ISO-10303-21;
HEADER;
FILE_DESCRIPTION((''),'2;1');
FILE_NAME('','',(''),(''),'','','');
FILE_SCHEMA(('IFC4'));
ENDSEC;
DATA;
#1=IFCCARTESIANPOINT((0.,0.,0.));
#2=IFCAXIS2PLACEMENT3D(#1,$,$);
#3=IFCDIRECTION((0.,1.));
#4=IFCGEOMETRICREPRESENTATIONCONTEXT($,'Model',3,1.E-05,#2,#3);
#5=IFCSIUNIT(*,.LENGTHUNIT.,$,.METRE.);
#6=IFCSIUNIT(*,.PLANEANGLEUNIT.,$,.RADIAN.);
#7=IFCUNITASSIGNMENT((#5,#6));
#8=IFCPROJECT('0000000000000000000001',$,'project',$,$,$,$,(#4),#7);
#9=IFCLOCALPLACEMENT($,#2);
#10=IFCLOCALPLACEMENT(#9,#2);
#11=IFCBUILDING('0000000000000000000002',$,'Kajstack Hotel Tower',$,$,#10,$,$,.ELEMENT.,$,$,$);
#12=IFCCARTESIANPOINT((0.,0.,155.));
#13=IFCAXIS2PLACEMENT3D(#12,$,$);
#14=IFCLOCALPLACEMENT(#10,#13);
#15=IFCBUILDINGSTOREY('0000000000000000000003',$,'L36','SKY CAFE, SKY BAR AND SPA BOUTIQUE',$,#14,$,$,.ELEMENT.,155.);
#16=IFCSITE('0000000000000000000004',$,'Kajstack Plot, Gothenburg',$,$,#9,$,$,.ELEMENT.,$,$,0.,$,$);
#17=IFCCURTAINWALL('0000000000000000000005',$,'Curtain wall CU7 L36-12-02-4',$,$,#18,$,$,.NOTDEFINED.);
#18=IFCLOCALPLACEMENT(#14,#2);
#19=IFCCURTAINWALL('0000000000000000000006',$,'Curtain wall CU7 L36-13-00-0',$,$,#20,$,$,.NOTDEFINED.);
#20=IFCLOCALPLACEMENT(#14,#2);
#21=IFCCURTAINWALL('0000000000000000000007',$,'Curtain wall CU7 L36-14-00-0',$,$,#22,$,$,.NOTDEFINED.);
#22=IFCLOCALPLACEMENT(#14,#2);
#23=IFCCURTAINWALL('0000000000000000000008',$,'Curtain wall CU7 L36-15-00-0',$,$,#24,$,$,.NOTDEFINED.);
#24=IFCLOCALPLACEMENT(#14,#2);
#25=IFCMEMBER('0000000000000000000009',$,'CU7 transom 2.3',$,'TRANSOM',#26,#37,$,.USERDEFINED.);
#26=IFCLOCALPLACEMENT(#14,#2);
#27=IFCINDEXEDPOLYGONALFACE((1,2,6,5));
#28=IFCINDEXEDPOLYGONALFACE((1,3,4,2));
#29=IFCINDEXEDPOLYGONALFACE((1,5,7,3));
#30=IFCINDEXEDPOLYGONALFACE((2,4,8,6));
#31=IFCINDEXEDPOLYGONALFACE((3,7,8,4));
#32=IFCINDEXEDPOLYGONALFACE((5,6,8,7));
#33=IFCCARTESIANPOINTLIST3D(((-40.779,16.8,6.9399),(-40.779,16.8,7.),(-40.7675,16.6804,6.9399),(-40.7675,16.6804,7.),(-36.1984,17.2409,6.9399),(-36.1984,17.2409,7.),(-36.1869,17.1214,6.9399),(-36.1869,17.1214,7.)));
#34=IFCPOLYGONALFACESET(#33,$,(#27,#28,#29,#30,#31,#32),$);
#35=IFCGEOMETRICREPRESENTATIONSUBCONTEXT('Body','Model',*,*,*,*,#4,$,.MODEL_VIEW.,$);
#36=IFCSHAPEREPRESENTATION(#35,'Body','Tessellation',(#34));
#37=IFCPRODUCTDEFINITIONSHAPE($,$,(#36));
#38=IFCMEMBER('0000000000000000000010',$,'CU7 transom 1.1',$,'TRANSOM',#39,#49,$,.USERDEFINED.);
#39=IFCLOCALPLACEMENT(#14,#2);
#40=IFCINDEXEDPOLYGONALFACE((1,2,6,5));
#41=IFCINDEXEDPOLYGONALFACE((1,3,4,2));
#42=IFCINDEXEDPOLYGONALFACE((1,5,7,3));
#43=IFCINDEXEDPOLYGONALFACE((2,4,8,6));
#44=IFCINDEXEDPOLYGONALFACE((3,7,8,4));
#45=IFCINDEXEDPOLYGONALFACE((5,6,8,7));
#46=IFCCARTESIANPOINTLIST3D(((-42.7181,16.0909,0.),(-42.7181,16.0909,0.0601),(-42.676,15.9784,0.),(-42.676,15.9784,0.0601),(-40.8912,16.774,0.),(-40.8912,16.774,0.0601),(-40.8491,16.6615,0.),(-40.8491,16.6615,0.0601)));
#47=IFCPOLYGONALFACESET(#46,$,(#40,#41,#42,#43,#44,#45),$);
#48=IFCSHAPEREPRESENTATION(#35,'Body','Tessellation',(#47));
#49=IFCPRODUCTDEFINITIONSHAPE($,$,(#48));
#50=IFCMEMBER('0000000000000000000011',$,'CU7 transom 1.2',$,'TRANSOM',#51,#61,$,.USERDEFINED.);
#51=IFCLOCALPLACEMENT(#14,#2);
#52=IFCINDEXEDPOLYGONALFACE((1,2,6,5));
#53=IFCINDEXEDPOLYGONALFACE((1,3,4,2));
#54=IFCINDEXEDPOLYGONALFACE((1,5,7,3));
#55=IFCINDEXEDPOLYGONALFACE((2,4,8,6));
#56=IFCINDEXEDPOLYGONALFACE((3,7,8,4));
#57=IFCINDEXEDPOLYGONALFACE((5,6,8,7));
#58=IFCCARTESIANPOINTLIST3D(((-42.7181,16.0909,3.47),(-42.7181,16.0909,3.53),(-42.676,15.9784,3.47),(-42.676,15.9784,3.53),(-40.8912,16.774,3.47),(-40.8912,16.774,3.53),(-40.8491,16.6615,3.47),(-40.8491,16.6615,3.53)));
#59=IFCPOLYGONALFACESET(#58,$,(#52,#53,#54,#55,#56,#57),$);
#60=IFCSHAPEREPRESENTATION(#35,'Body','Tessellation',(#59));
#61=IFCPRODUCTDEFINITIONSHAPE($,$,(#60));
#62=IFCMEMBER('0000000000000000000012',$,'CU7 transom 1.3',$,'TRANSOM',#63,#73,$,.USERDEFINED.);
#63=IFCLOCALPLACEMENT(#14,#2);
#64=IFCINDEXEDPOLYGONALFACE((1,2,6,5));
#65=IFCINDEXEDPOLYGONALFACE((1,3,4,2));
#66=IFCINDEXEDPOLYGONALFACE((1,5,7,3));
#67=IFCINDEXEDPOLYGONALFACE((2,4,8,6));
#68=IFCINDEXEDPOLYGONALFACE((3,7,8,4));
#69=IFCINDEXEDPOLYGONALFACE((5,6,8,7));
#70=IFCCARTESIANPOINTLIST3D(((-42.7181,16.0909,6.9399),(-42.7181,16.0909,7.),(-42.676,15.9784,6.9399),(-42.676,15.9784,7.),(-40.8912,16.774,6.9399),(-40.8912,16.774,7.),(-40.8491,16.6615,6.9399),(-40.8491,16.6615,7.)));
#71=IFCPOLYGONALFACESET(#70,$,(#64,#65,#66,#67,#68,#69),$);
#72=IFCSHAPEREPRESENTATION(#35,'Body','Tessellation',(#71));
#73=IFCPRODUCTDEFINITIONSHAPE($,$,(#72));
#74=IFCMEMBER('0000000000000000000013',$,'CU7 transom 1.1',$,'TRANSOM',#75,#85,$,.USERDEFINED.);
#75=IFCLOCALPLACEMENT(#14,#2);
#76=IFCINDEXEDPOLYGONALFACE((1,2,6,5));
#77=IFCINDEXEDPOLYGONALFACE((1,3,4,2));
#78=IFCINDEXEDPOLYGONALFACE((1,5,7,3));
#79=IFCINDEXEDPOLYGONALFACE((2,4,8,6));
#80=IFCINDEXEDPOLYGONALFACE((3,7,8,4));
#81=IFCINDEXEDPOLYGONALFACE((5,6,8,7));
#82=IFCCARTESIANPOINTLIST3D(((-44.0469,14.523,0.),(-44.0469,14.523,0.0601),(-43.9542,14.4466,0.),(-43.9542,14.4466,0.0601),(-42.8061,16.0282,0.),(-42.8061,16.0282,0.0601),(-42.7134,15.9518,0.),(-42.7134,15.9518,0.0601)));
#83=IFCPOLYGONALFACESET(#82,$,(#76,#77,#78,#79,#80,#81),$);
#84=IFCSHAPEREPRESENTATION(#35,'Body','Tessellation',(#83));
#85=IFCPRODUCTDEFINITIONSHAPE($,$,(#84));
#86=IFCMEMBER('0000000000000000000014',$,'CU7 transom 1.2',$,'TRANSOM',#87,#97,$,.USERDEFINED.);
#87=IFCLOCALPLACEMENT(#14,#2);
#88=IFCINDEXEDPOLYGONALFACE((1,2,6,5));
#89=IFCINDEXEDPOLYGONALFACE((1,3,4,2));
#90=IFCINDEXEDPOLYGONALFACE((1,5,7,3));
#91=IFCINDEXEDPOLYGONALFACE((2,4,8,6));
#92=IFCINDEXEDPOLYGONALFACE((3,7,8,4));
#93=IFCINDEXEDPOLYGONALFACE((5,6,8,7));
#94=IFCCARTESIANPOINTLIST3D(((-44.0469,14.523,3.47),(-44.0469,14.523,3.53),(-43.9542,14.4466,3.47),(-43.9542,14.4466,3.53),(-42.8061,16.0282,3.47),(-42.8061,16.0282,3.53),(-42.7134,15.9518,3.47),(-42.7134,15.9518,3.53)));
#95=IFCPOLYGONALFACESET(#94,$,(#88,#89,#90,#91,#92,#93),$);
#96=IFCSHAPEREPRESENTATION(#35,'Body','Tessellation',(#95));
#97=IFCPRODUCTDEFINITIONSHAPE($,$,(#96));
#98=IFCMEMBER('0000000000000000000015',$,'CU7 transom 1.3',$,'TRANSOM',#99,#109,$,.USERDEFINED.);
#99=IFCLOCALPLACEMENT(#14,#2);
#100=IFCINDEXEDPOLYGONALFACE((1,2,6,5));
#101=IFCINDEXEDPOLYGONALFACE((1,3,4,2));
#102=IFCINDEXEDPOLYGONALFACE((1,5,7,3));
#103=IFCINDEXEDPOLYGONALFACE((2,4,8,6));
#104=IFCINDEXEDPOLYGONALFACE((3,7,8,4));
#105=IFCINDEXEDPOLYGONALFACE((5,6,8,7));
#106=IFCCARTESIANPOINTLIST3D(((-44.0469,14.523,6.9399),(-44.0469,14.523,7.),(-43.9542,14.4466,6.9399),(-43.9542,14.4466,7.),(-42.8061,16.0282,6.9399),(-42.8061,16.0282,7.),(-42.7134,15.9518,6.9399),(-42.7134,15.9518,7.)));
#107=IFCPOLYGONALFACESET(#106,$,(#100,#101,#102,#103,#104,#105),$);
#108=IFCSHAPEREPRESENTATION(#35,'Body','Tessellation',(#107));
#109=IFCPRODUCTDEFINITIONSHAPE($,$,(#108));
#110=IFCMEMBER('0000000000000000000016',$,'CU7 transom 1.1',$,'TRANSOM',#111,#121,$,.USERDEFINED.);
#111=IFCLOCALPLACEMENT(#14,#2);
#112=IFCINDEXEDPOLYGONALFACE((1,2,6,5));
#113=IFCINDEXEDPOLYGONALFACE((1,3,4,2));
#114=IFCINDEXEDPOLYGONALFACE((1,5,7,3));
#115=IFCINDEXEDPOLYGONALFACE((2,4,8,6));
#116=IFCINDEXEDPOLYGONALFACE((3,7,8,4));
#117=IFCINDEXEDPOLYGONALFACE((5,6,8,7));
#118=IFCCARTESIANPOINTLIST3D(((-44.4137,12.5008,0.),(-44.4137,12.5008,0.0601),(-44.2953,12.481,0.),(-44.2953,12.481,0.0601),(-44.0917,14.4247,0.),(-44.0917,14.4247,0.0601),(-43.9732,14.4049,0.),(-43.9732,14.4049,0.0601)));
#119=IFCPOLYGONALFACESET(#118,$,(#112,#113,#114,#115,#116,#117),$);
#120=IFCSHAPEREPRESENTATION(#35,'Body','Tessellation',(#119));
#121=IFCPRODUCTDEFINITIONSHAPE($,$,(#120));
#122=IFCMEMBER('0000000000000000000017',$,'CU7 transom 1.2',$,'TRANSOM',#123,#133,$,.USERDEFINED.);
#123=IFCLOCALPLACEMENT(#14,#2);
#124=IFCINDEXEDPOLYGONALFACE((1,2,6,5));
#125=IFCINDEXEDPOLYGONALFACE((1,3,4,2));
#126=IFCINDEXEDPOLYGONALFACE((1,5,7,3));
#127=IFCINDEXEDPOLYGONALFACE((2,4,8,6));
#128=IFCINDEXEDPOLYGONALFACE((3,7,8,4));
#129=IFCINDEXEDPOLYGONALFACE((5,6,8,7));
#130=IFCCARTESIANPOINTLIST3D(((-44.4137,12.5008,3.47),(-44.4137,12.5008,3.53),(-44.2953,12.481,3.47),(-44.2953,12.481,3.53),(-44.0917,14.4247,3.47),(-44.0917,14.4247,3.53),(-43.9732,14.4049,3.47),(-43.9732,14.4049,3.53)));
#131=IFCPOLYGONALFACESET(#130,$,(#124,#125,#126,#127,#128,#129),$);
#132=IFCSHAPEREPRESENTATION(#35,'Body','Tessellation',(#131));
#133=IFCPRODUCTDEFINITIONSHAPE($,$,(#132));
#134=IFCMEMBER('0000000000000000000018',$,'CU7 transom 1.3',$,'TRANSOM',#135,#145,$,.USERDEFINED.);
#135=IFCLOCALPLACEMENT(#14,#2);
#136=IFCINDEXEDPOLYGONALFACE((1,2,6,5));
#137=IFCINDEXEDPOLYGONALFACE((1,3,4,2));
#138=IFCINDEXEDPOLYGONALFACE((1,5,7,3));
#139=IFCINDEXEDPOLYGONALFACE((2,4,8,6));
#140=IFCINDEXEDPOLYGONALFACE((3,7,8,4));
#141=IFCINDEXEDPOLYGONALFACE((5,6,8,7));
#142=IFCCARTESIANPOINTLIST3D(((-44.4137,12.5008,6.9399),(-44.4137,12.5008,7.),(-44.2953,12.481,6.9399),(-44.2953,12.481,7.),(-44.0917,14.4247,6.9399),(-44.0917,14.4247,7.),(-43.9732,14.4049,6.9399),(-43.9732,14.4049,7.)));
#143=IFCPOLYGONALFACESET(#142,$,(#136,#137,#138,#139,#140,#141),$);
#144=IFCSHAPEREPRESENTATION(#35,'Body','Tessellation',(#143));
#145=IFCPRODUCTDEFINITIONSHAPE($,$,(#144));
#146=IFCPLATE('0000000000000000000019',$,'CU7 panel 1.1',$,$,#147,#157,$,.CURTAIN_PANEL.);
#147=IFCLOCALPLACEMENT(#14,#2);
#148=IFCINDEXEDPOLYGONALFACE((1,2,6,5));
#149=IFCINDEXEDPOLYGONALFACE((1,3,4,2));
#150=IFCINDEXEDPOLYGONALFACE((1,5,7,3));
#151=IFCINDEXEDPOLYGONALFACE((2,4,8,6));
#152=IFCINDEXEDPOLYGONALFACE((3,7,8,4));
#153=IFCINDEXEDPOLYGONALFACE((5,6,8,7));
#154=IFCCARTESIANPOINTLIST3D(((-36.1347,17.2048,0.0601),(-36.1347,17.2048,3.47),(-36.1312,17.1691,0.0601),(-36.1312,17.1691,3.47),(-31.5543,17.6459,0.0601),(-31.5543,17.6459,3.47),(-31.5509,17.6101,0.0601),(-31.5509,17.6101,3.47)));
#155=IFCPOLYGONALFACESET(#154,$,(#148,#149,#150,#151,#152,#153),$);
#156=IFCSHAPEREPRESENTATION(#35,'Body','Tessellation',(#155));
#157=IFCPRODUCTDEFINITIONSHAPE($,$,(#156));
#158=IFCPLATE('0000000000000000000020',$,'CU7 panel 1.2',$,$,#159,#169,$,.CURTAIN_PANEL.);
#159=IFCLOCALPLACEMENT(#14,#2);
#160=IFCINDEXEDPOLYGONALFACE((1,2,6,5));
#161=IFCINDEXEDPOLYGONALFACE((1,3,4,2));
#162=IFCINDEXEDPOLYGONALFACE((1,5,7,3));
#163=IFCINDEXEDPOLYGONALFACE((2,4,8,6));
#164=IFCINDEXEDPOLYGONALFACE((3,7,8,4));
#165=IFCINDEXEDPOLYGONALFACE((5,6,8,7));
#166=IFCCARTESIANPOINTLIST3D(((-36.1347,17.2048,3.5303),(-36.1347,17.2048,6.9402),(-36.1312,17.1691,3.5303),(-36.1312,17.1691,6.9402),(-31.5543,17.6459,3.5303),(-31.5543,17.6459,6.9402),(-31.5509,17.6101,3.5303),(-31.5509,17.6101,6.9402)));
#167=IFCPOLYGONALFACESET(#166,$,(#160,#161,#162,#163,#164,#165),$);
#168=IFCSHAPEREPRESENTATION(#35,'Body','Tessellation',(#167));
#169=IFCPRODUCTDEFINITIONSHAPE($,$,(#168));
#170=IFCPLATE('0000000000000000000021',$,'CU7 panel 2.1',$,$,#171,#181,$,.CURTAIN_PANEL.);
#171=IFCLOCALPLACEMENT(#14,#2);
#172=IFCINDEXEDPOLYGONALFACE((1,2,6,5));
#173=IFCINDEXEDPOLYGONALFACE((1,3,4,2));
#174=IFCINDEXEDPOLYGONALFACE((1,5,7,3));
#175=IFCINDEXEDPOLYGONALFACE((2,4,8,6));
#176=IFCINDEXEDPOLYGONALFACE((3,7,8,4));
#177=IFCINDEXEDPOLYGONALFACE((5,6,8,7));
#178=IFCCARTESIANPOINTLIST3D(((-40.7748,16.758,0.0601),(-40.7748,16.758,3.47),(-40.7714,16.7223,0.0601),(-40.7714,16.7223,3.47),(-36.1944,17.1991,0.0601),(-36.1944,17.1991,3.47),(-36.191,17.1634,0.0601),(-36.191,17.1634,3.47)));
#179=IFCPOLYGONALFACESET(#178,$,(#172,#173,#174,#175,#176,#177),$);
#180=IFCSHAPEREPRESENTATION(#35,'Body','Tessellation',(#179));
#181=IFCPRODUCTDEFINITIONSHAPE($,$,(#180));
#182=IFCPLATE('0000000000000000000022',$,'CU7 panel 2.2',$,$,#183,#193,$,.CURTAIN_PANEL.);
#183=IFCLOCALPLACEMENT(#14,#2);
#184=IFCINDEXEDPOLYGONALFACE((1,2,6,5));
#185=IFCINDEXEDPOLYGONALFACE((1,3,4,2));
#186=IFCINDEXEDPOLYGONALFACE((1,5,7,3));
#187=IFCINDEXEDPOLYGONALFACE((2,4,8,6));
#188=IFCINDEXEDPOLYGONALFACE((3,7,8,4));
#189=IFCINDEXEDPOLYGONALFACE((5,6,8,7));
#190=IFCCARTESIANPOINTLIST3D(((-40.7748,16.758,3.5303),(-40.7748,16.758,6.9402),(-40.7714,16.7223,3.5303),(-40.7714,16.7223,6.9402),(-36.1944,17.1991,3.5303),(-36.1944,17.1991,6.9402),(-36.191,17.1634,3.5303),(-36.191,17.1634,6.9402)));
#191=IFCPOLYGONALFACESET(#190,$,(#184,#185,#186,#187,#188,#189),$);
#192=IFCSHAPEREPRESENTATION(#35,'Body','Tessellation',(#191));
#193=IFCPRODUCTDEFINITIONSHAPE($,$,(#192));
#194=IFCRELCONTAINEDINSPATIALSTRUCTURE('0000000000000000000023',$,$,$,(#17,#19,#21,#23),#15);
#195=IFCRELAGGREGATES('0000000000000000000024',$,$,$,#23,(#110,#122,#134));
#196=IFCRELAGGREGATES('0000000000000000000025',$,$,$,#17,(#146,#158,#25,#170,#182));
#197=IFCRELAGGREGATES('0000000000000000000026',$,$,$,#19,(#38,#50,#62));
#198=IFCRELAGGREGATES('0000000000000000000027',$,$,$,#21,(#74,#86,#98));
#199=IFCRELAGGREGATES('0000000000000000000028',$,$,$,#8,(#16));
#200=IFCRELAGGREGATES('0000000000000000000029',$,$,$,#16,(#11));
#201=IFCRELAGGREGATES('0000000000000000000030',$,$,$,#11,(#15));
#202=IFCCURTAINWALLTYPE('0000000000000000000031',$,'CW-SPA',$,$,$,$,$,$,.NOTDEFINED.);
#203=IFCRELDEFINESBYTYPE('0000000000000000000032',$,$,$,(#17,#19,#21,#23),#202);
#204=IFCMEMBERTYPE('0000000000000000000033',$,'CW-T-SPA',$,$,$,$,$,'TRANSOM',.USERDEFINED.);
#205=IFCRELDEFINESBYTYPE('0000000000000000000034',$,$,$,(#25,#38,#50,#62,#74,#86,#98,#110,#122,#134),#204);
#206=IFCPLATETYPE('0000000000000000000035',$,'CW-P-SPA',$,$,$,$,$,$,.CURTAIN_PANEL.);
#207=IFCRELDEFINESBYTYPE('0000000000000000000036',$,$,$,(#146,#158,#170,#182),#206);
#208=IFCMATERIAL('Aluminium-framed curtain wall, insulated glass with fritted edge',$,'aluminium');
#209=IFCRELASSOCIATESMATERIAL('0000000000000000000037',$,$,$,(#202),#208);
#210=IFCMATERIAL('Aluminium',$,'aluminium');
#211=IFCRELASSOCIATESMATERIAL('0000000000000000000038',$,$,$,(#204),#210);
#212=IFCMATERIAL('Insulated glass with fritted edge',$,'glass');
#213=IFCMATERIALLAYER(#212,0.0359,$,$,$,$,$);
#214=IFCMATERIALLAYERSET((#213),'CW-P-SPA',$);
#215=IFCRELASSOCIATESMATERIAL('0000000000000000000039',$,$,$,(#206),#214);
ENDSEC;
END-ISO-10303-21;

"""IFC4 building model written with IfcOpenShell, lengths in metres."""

from ifc_helpers import new_model, si_unit, direction, frame, origin, origin_2d, place, context, subcontext, project, spatial, rectangle, extrude, material, layer, layer_set, material_profile, profile_set, type_object, element, aggregate, save


model = new_model("IFC4")

# Units and contexts
model_context = context("Model", 3, precision=1e-05, world=origin(), true_north=direction((0.0, 1.0)))
body_context = subcontext(model_context, "Body", "Model", "MODEL_VIEW")
ifc_project = project(units=[si_unit("LENGTHUNIT", "METRE"), si_unit("PLANEANGLEUNIT", "RADIAN")], contexts=[model_context])

# Site, building, storey
site_placement = place(None, origin())
site = spatial("IfcSite", under=ifc_project, at=site_placement, Name="Kajstack Plot, Gothenburg", CompositionType="ELEMENT", RefElevation=0.0)
building_placement = place(site_placement, origin())
building = spatial("IfcBuilding", under=site, at=building_placement, Name="Kajstack Hotel Tower", CompositionType="ELEMENT")
storey_placement = place(building_placement, frame((0.0, 0.0, 155.0)))
storey = spatial("IfcBuildingStorey", under=building, at=storey_placement, Name="L36", Description="SKY CAFE, SKY BAR AND SPA BOUTIQUE", CompositionType="ELEMENT", Elevation=155.0)

# Curtain walls
ifc_material_1 = material(Name="Aluminium-framed curtain wall, insulated glass with fritted edge", Category="aluminium")
curtain_wall_type = type_object("IfcCurtainWallType", Name="CW-SPA", PredefinedType="NOTDEFINED", material=ifc_material_1)
curtain_wall_1_placement = place(storey_placement, origin())
curtain_wall_1 = element("IfcCurtainWall", 1, at=curtain_wall_1_placement, inside=storey, type_object=curtain_wall_type, Name="Curtain wall CU7 L36-12-02-4", PredefinedType="NOTDEFINED")
ifc_material_2 = material(Name="Aluminium", Category="aluminium")
curtain_wall_2_placement = place(storey_placement, origin())
curtain_wall_2 = element("IfcCurtainWall", 2, at=curtain_wall_2_placement, inside=storey, type_object=curtain_wall_type, Name="Curtain wall CU7 L36-13-00-0", PredefinedType="NOTDEFINED")
curtain_wall_3_placement = place(storey_placement, origin())
curtain_wall_3 = element("IfcCurtainWall", 3, at=curtain_wall_3_placement, inside=storey, type_object=curtain_wall_type, Name="Curtain wall CU7 L36-14-00-0", PredefinedType="NOTDEFINED")

# Curtain wall
curtain_wall_4_placement = place(storey_placement, origin())
curtain_wall_4 = element("IfcCurtainWall", 4, at=curtain_wall_4_placement, inside=storey, type_object=curtain_wall_type, Name="Curtain wall CU7 L36-15-00-0", PredefinedType="NOTDEFINED")

# Members
ifc_material_profile_1 = material_profile(ifc_material_2, rectangle(XDim=0.1201, YDim=0.0601, at=origin_2d()), Name="Aluminium transom 120 x 60")
ifc_profile_set_1 = profile_set([ifc_material_profile_1], Name="Aluminium")
member_type_1 = type_object("IfcMemberType", Name="CW-T-SPA", ElementType="TRANSOM", PredefinedType="USERDEFINED", material=ifc_profile_set_1)
member_1_placement = place(storey_placement, frame((-36.1926, 17.1812, 6.97), z_axis=(-0.995399, -0.095816, 0.0), x_axis=(0.095816, -0.995399, 0.0)))
member_1 = element("IfcMember", 5, at=member_1_placement, type_object=member_type_1, Name="CU7 transom 2.3", ObjectType="TRANSOM", PredefinedType="USERDEFINED", context=body_context, shape_type="SweptSolid", body=[
    extrude(rectangle(XDim=0.1201, YDim=0.0601, at=origin_2d()), origin(), (0.0, 0.0, 1.0), 4.6018),
])
member_2_placement = place(storey_placement, frame((-40.8701, 16.7178, 0.03), z_axis=(-0.936663, -0.350232, 0.0), x_axis=(0.350232, -0.936663, 0.0)))
member_2 = element("IfcMember", 6, at=member_2_placement, type_object=member_type_1, Name="CU7 transom 1.1", ObjectType="TRANSOM", PredefinedType="USERDEFINED", context=body_context, shape_type="SweptSolid", body=[
    extrude(rectangle(XDim=0.1201, YDim=0.0601, at=origin_2d()), origin(), (0.0, 0.0, 1.0), 1.9504),
])
member_3_placement = place(storey_placement, frame((-40.8701, 16.7178, 3.5), z_axis=(-0.936663, -0.350232, 0.0), x_axis=(0.350232, -0.936663, 0.0)))
member_3 = element("IfcMember", 7, at=member_3_placement, type_object=member_type_1, Name="CU7 transom 1.2", ObjectType="TRANSOM", PredefinedType="USERDEFINED", context=body_context, shape_type="SweptSolid", body=[
    extrude(rectangle(XDim=0.1201, YDim=0.0601, at=origin_2d()), origin(), (0.0, 0.0, 1.0), 1.9504),
])
member_4_placement = place(storey_placement, frame((-40.8701, 16.7178, 6.97), z_axis=(-0.936663, -0.350232, 0.0), x_axis=(0.350232, -0.936663, 0.0)))
member_4 = element("IfcMember", 8, at=member_4_placement, type_object=member_type_1, Name="CU7 transom 1.3", ObjectType="TRANSOM", PredefinedType="USERDEFINED", context=body_context, shape_type="SweptSolid", body=[
    extrude(rectangle(XDim=0.1201, YDim=0.0601, at=origin_2d()), origin(), (0.0, 0.0, 1.0), 1.9504),
])
member_5_placement = place(storey_placement, frame((-42.7598, 15.99, 0.03), z_axis=(-0.636076, -0.771627, 0.0), x_axis=(0.771627, -0.636076, 0.0)))
member_5 = element("IfcMember", 9, at=member_5_placement, type_object=member_type_1, Name="CU7 transom 1.1", ObjectType="TRANSOM", PredefinedType="USERDEFINED", context=body_context, shape_type="SweptSolid", body=[
    extrude(rectangle(XDim=0.1201, YDim=0.0601, at=origin_2d()), origin(), (0.0, 0.0, 1.0), 1.9507),
])
member_6_placement = place(storey_placement, frame((-42.7598, 15.99, 3.5), z_axis=(-0.636076, -0.771627, 0.0), x_axis=(0.771627, -0.636076, 0.0)))
member_6 = element("IfcMember", 10, at=member_6_placement, type_object=member_type_1, Name="CU7 transom 1.2", ObjectType="TRANSOM", PredefinedType="USERDEFINED", context=body_context, shape_type="SweptSolid", body=[
    extrude(rectangle(XDim=0.1201, YDim=0.0601, at=origin_2d()), origin(), (0.0, 0.0, 1.0), 1.9507),
])
member_7_placement = place(storey_placement, frame((-42.7598, 15.99, 6.97), z_axis=(-0.636076, -0.771627, 0.0), x_axis=(0.771627, -0.636076, 0.0)))
member_7 = element("IfcMember", 11, at=member_7_placement, type_object=member_type_1, Name="CU7 transom 1.3", ObjectType="TRANSOM", PredefinedType="USERDEFINED", context=body_context, shape_type="SweptSolid", body=[
    extrude(rectangle(XDim=0.1201, YDim=0.0601, at=origin_2d()), origin(), (0.0, 0.0, 1.0), 1.9507),
])
member_8_placement = place(storey_placement, frame((-44.0325, 14.4148, 0.03), z_axis=(-0.165089, -0.986279, 0.0), x_axis=(0.986279, -0.165089, 0.0)))
member_8 = element("IfcMember", 12, at=member_8_placement, type_object=member_type_1, Name="CU7 transom 1.1", ObjectType="TRANSOM", PredefinedType="USERDEFINED", context=body_context, shape_type="SweptSolid", body=[
    extrude(rectangle(XDim=0.1201, YDim=0.0601, at=origin_2d()), origin(), (0.0, 0.0, 1.0), 1.9507),
])
member_9_placement = place(storey_placement, frame((-44.0325, 14.4148, 3.5), z_axis=(-0.165089, -0.986279, 0.0), x_axis=(0.986279, -0.165089, 0.0)))
member_9 = element("IfcMember", 13, at=member_9_placement, type_object=member_type_1, Name="CU7 transom 1.2", ObjectType="TRANSOM", PredefinedType="USERDEFINED", context=body_context, shape_type="SweptSolid", body=[
    extrude(rectangle(XDim=0.1201, YDim=0.0601, at=origin_2d()), origin(), (0.0, 0.0, 1.0), 1.9507),
])
member_10_placement = place(storey_placement, frame((-44.0325, 14.4148, 6.97), z_axis=(-0.165089, -0.986279, 0.0), x_axis=(0.986279, -0.165089, 0.0)))
member_10 = element("IfcMember", 14, at=member_10_placement, type_object=member_type_1, Name="CU7 transom 1.3", ObjectType="TRANSOM", PredefinedType="USERDEFINED", context=body_context, shape_type="SweptSolid", body=[
    extrude(rectangle(XDim=0.1201, YDim=0.0601, at=origin_2d()), origin(), (0.0, 0.0, 1.0), 1.9507),
])
aggregate(curtain_wall_4, [member_8, member_9, member_10])

# Plates
ifc_material_3 = material(Name="Insulated glass with fritted edge", Category="glass")
ifc_layer = layer(ifc_material_3, 0.0359)
ifc_layer_set = layer_set([ifc_layer], Name="CW-P-SPA")
plate_type = type_object("IfcPlateType", Name="CW-P-SPA", PredefinedType="CURTAIN_PANEL", material=ifc_layer_set)
plate_1_placement = place(storey_placement, frame((-33.8428, 17.4075, 0.0601), z_axis=(0.0, 0.0, 1.0), x_axis=(-0.995396, -0.095845, 0.0)))
plate_1 = element("IfcPlate", 15, at=plate_1_placement, type_object=plate_type, Name="CU7 panel 1.1", PredefinedType="CURTAIN_PANEL", context=body_context, shape_type="SweptSolid", body=[
    extrude(rectangle(XDim=4.6016, YDim=0.0359, at=origin_2d()), origin(), (0.0, 0.0, 1.0), 3.4099),
])
plate_2_placement = place(storey_placement, frame((-33.8428, 17.4075, 3.5303), z_axis=(0.0, 0.0, 1.0), x_axis=(-0.995396, -0.095845, 0.0)))
plate_2 = element("IfcPlate", 16, at=plate_2_placement, type_object=plate_type, Name="CU7 panel 1.2", PredefinedType="CURTAIN_PANEL", context=body_context, shape_type="SweptSolid", body=[
    extrude(rectangle(XDim=4.6016, YDim=0.0359, at=origin_2d()), origin(), (0.0, 0.0, 1.0), 3.4099),
])
plate_3_placement = place(storey_placement, frame((-38.4829, 16.9607, 0.0601), z_axis=(0.0, 0.0, 1.0), x_axis=(-0.995396, -0.095845, 0.0)))
plate_3 = element("IfcPlate", 17, at=plate_3_placement, type_object=plate_type, Name="CU7 panel 2.1", PredefinedType="CURTAIN_PANEL", context=body_context, shape_type="SweptSolid", body=[
    extrude(rectangle(XDim=4.6016, YDim=0.0359, at=origin_2d()), origin(), (0.0, 0.0, 1.0), 3.4099),
])
plate_4_placement = place(storey_placement, frame((-38.4829, 16.9607, 3.5303), z_axis=(0.0, 0.0, 1.0), x_axis=(-0.995396, -0.095845, 0.0)))
plate_4 = element("IfcPlate", 18, at=plate_4_placement, type_object=plate_type, Name="CU7 panel 2.2", PredefinedType="CURTAIN_PANEL", context=body_context, shape_type="SweptSolid", body=[
    extrude(rectangle(XDim=4.6016, YDim=0.0359, at=origin_2d()), origin(), (0.0, 0.0, 1.0), 3.4099),
])
aggregate(curtain_wall_1, [plate_1, plate_2, member_1, plate_3, plate_4])
aggregate(curtain_wall_2, [member_2, member_3, member_4])
aggregate(curtain_wall_3, [member_5, member_6, member_7])

save(model, "model.ifc")
